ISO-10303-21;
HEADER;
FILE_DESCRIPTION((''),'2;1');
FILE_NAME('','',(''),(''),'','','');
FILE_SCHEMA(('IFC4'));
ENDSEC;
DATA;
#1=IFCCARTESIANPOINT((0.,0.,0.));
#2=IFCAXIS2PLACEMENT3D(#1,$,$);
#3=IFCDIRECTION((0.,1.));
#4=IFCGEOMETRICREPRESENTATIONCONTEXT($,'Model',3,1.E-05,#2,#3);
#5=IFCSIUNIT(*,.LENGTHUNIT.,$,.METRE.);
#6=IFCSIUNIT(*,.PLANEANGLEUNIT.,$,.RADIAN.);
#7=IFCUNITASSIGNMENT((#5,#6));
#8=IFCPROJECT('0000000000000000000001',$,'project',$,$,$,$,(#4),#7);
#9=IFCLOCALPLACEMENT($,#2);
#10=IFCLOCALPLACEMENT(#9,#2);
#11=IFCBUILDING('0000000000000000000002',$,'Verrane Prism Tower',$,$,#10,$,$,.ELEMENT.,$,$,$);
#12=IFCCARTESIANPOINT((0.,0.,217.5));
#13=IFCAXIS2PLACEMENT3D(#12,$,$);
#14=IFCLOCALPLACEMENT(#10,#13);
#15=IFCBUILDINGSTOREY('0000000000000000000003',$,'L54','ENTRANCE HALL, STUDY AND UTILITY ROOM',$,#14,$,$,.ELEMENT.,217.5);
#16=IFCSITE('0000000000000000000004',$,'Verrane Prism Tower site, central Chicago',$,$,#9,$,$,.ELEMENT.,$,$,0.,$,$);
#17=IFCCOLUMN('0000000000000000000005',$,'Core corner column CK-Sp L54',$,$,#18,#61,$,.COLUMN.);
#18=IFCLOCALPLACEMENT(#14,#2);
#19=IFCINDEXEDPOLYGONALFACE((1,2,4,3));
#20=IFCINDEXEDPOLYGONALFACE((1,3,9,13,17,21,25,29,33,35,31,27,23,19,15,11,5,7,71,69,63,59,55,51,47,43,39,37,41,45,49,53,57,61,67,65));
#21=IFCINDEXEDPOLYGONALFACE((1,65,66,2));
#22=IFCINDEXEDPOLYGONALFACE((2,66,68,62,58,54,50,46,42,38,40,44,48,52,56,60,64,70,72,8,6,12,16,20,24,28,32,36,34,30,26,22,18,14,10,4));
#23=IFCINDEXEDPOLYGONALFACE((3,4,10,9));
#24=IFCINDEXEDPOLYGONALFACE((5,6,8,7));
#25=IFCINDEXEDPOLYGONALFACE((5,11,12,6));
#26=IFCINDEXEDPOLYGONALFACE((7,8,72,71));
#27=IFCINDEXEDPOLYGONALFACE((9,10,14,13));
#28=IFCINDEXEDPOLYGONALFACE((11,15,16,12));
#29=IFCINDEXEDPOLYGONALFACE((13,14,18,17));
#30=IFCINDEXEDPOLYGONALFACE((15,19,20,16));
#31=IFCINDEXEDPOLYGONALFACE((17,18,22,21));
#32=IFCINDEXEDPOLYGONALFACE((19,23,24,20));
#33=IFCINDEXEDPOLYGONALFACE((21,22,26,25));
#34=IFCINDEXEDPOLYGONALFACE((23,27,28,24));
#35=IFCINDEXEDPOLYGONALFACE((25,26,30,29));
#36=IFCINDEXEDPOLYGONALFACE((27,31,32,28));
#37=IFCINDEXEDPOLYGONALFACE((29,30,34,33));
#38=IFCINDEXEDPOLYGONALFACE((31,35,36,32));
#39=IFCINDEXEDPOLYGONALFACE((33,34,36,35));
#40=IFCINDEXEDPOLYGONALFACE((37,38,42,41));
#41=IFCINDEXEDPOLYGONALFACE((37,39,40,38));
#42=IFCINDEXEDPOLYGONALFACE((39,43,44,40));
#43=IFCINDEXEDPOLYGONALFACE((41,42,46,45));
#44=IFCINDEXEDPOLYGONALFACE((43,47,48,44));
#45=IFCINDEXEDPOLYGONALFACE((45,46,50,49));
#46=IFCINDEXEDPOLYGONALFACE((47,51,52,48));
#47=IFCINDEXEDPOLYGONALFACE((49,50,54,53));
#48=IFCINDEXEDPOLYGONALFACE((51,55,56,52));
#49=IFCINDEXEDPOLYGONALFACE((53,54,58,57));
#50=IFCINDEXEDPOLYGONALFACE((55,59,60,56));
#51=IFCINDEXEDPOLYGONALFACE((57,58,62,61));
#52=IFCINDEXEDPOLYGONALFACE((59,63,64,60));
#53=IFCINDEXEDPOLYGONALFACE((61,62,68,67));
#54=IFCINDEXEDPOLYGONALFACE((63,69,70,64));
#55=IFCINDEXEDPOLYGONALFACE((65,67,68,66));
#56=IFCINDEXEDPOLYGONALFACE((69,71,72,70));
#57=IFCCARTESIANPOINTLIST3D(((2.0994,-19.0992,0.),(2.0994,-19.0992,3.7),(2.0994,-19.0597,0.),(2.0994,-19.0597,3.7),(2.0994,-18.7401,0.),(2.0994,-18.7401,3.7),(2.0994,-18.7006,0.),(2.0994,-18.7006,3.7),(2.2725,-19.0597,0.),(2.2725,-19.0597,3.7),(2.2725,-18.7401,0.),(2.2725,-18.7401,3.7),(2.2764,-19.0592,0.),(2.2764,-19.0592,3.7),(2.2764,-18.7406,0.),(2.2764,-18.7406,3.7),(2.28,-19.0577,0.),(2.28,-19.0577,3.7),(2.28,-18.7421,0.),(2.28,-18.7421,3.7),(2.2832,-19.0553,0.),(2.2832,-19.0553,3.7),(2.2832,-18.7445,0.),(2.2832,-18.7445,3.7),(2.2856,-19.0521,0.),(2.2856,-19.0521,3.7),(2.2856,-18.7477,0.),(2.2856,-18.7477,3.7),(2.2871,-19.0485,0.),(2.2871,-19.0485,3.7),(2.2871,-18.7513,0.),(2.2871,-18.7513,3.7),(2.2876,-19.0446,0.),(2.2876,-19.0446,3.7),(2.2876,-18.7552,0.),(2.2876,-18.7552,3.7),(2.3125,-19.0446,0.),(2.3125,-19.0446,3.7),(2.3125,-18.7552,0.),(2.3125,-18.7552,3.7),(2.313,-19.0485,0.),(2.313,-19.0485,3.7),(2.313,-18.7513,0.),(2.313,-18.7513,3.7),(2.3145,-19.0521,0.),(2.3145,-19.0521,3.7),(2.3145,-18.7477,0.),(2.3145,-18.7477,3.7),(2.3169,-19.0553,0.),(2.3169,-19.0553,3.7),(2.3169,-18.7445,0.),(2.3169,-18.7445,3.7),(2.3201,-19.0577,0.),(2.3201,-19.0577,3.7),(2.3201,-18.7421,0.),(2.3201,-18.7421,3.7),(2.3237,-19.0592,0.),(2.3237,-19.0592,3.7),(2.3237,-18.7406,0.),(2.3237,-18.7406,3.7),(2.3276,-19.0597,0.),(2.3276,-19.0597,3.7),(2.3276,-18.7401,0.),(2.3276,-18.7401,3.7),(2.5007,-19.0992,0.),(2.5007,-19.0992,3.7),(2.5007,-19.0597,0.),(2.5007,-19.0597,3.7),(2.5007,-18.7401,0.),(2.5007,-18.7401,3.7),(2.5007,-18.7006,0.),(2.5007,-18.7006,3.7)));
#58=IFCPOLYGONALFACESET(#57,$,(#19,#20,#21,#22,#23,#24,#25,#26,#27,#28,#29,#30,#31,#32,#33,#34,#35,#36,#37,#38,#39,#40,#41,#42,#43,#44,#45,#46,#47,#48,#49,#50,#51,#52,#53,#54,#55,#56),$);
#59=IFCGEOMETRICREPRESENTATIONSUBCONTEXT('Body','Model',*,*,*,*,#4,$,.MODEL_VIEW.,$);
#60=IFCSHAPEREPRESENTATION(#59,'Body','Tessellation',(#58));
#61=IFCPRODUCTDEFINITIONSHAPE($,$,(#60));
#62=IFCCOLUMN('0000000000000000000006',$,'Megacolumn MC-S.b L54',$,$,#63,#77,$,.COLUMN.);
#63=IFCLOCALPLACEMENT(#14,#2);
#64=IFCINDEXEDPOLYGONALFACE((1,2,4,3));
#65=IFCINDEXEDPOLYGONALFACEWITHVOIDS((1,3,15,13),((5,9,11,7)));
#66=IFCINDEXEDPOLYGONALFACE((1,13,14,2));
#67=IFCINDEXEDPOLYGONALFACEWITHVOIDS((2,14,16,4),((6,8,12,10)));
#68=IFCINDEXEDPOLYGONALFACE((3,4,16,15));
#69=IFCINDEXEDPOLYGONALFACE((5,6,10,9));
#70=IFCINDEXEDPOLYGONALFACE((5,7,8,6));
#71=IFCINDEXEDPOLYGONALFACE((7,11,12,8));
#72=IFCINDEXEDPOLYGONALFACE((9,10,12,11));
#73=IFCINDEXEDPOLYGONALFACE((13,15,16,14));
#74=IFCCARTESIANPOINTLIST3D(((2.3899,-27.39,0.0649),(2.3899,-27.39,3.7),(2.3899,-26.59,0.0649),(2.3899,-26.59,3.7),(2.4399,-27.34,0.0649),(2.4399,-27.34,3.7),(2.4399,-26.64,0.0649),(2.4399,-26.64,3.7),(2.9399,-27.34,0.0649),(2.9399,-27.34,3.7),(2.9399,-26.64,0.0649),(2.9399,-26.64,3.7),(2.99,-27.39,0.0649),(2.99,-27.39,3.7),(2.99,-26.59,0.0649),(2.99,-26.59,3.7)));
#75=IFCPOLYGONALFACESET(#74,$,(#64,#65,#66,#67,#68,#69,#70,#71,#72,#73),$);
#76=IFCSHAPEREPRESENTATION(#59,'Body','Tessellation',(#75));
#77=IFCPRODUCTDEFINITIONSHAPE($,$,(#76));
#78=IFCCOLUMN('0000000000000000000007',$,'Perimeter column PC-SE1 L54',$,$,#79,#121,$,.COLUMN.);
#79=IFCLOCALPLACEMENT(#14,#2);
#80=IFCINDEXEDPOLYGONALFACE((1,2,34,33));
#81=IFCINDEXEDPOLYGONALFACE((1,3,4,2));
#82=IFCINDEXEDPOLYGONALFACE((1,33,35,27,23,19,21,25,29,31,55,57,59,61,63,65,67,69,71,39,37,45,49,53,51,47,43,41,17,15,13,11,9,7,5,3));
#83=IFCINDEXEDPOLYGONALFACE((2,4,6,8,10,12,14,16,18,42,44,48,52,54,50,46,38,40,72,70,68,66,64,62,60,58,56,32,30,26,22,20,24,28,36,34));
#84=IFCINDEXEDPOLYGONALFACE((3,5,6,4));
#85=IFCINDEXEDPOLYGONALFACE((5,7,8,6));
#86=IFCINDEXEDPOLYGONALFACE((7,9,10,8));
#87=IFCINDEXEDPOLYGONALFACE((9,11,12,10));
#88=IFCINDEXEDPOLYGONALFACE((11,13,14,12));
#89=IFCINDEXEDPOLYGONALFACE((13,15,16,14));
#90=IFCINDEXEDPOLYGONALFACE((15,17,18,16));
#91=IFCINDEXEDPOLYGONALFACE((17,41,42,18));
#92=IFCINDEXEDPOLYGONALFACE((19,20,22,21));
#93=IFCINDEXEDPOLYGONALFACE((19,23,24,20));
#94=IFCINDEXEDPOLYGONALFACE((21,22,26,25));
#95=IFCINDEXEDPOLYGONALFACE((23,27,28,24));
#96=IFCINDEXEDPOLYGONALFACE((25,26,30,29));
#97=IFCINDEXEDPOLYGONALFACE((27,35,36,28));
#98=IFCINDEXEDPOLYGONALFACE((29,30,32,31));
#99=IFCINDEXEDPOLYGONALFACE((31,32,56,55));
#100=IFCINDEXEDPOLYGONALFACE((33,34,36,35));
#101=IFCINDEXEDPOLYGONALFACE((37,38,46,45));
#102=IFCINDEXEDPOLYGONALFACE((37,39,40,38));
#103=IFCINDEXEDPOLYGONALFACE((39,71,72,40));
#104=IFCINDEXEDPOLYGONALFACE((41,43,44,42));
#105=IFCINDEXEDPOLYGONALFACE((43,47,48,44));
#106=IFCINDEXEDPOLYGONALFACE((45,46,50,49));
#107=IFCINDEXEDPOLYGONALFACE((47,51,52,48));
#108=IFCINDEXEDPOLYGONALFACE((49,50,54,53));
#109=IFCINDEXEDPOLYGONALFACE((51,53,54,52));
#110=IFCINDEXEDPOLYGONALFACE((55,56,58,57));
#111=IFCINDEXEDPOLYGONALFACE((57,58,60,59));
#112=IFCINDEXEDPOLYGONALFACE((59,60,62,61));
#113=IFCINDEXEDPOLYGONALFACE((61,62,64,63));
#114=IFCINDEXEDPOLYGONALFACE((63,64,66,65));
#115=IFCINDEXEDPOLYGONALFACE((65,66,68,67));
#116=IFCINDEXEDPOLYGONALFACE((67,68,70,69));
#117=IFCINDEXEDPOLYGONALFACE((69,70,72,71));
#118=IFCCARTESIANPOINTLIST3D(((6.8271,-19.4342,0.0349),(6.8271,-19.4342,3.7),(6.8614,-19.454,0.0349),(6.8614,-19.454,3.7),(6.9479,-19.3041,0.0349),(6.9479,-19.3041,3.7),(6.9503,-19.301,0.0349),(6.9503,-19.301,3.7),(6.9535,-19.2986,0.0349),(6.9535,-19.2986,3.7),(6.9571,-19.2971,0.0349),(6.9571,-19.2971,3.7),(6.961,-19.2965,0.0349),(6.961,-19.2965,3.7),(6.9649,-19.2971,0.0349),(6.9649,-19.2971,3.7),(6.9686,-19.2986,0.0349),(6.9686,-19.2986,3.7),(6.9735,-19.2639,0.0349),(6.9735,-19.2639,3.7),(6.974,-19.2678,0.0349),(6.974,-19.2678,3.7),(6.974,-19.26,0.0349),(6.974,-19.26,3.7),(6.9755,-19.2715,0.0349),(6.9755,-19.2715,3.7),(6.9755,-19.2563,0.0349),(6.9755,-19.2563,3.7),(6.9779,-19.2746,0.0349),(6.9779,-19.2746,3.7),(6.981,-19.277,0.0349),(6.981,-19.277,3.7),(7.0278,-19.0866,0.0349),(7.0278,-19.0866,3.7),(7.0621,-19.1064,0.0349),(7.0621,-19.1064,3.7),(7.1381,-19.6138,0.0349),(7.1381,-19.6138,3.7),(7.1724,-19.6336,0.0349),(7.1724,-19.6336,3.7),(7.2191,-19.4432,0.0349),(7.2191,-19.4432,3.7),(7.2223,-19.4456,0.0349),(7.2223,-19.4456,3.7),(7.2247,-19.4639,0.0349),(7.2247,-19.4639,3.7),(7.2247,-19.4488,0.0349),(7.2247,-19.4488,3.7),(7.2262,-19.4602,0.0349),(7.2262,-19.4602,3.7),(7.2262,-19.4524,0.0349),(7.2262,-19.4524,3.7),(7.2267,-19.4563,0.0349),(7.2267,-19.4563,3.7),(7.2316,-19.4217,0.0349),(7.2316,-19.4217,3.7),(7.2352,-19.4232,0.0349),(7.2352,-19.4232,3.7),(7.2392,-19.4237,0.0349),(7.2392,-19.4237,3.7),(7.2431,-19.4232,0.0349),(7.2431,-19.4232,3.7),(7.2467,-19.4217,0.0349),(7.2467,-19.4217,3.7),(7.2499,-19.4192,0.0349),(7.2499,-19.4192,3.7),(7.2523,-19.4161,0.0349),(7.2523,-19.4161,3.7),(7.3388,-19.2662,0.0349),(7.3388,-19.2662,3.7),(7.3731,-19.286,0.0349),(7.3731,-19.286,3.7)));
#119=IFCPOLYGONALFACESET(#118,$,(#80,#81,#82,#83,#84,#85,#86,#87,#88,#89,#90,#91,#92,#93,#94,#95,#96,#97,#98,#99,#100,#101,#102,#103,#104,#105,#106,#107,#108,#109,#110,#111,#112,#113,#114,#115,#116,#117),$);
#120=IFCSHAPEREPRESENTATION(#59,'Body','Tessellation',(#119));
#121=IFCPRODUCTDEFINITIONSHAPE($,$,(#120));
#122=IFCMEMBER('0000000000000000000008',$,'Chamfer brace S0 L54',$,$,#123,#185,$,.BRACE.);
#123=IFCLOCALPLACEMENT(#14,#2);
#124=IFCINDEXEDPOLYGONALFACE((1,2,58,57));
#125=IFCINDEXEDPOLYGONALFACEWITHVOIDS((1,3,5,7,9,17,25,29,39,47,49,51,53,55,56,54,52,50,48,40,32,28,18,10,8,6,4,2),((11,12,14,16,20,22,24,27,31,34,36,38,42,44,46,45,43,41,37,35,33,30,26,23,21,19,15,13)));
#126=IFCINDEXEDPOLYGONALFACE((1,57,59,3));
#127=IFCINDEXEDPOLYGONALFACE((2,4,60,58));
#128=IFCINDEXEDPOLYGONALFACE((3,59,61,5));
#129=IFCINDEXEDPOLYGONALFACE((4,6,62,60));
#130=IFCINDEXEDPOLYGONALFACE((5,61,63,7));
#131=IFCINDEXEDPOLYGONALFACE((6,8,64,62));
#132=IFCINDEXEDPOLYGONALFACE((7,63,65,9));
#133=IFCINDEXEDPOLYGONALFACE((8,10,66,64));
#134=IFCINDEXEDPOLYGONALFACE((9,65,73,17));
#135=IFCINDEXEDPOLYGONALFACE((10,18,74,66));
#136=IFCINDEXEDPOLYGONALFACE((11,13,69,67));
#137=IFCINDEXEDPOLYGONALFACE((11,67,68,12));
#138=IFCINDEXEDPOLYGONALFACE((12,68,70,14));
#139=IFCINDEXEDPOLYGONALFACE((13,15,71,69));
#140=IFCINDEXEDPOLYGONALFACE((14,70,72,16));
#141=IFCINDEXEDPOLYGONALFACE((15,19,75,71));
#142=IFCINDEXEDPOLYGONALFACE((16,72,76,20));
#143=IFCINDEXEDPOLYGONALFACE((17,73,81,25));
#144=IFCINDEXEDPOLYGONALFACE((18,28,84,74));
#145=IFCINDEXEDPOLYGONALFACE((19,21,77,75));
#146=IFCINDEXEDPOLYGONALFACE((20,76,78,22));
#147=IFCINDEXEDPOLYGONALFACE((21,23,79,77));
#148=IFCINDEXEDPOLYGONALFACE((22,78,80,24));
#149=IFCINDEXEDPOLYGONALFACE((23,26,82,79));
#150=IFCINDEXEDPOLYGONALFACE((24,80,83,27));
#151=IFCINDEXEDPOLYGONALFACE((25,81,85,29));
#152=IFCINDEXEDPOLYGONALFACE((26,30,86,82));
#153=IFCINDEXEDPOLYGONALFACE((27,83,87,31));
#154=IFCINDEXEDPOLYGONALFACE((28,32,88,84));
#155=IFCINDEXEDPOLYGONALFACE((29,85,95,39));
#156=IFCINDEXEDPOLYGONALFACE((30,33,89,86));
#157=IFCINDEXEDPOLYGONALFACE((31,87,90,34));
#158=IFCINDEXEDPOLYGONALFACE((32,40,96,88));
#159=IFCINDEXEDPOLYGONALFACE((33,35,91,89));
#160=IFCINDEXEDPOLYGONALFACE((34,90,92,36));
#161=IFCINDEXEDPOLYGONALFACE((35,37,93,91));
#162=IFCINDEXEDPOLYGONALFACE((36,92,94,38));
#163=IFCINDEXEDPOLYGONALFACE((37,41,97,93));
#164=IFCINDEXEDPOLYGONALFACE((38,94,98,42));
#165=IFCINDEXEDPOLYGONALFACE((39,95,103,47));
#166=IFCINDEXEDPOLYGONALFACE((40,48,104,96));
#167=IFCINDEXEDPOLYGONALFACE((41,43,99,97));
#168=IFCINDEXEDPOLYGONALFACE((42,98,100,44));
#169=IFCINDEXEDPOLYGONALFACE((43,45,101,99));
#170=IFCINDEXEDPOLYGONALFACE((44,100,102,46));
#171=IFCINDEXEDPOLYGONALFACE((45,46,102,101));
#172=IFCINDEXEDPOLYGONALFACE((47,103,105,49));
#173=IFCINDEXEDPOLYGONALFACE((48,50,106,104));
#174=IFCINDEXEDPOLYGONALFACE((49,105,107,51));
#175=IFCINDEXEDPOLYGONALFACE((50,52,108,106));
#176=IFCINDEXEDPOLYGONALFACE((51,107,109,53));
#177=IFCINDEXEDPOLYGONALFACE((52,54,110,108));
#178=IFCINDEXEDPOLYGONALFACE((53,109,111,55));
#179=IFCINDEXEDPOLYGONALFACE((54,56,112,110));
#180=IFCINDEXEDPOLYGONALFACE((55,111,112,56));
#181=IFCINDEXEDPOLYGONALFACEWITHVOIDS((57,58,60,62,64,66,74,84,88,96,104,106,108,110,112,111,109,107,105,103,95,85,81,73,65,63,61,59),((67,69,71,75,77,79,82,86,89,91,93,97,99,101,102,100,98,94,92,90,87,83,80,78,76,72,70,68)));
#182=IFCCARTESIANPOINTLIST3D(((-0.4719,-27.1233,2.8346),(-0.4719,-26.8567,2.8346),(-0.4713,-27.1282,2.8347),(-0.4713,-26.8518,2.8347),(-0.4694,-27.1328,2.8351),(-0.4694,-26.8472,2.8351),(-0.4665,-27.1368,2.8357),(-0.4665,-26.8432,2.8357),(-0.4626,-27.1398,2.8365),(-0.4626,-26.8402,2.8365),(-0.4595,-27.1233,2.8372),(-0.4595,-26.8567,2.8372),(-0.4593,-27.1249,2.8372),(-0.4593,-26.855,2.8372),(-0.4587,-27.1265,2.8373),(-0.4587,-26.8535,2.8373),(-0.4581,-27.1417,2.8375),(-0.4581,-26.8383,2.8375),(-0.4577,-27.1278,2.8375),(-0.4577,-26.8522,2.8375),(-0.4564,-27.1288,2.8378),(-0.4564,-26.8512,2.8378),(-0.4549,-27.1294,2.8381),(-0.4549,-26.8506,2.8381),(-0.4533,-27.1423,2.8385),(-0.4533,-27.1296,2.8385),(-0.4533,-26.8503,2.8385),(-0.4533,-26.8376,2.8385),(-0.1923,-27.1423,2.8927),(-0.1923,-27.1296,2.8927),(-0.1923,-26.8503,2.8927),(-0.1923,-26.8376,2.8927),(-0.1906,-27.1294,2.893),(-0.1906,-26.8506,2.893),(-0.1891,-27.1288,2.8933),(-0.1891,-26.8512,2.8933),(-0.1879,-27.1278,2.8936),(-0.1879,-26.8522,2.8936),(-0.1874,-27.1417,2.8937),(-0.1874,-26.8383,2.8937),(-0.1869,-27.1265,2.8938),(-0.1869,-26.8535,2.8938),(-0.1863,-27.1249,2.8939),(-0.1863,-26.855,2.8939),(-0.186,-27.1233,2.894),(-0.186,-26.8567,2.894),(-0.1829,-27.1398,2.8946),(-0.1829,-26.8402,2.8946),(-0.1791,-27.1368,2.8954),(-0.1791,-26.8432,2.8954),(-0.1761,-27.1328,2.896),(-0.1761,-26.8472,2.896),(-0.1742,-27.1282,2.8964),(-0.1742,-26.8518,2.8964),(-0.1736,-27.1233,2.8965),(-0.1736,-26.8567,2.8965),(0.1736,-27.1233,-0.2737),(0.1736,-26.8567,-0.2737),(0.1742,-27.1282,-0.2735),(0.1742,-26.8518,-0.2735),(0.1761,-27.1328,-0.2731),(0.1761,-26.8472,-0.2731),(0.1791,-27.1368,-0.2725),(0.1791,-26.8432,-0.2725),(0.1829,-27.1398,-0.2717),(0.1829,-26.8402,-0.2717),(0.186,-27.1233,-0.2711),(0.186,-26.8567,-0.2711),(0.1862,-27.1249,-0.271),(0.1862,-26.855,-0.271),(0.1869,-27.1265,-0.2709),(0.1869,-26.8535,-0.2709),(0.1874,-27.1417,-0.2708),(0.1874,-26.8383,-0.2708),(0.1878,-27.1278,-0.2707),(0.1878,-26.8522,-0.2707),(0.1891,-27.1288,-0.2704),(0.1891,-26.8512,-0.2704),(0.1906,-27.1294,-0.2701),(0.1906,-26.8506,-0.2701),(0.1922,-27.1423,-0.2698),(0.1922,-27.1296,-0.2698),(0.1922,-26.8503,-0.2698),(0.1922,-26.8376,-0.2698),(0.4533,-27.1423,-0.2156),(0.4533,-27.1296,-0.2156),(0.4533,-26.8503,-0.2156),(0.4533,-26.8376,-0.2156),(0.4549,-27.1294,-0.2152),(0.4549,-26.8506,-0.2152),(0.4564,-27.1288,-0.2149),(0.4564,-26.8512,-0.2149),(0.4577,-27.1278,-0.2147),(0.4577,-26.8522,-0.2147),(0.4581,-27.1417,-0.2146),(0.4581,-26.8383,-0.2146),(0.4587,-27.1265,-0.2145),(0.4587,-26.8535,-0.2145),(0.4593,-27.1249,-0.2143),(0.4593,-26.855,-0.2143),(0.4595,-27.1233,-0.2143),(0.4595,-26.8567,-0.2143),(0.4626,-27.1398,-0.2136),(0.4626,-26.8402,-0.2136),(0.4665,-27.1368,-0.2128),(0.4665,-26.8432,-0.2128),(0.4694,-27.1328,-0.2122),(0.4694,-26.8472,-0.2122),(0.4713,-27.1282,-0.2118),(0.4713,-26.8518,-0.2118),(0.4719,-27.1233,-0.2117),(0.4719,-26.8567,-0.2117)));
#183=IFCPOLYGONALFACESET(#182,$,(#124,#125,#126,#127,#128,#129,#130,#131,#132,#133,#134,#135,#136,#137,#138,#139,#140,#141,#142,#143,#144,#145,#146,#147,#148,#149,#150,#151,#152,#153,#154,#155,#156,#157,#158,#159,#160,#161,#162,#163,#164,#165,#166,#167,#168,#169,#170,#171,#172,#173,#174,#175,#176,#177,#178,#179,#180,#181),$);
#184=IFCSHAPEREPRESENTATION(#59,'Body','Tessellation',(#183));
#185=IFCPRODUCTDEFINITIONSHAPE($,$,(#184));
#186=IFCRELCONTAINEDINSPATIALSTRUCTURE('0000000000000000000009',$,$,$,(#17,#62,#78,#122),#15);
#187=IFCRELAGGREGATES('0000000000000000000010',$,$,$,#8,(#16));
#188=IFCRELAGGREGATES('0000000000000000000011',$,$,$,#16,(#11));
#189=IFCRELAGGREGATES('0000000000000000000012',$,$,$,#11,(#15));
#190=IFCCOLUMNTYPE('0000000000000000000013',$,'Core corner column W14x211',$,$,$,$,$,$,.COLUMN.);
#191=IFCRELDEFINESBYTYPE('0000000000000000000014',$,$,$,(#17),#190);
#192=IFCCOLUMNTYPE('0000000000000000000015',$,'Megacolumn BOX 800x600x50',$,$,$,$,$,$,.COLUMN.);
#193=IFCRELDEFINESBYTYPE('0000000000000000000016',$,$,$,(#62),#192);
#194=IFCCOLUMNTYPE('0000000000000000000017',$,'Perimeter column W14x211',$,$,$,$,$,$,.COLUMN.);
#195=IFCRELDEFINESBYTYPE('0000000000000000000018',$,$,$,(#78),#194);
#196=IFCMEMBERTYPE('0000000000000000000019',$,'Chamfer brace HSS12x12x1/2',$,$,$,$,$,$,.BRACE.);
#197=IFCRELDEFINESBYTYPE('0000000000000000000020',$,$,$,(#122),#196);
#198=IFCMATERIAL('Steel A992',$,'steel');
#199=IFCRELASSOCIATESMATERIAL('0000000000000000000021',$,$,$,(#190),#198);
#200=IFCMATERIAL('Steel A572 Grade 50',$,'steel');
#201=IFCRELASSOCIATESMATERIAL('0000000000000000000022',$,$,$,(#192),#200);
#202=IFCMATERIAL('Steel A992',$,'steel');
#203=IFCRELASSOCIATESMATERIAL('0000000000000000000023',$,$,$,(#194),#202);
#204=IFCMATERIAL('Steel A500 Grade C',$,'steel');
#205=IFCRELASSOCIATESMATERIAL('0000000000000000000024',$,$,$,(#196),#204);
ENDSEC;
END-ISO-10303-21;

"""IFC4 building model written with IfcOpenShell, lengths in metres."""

from ifc_helpers import new_model, si_unit, direction, frame, origin, origin_2d, place, context, subcontext, project, spatial, hollow_rectangle, i_section, extrude, material, material_profile, profile_set, type_object, element, save


model = new_model("IFC4")

# Units and contexts
model_context = context("Model", 3, precision=1e-05, world=origin(), true_north=direction((0.0, 1.0)))
body_context = subcontext(model_context, "Body", "Model", "MODEL_VIEW")
ifc_project = project(units=[si_unit("LENGTHUNIT", "METRE"), si_unit("PLANEANGLEUNIT", "RADIAN")], contexts=[model_context])

# Site, building, storey
site_placement = place(None, origin())
site = spatial("IfcSite", under=ifc_project, at=site_placement, Name="Verrane Prism Tower site, central Chicago", CompositionType="ELEMENT", RefElevation=0.0)
building_placement = place(site_placement, origin())
building = spatial("IfcBuilding", under=site, at=building_placement, Name="Verrane Prism Tower", CompositionType="ELEMENT")
storey_placement = place(building_placement, frame((0.0, 0.0, 217.5)))
storey = spatial("IfcBuildingStorey", under=building, at=storey_placement, Name="L54", Description="ENTRANCE HALL, STUDY AND UTILITY ROOM", CompositionType="ELEMENT", Elevation=217.5)

# Columns
ifc_material_1 = material(Name="Steel A992", Category="steel")
ifc_material_profile_1 = material_profile(ifc_material_1, i_section(OverallWidth=0.4014, OverallDepth=0.3987, WebThickness=0.0249, FlangeThickness=0.0396, FilletRadius=0.0151, at=origin_2d()), Name="W14x211")
ifc_profile_set_1 = profile_set([ifc_material_profile_1], Name="Steel A992")
column_type_1 = type_object("IfcColumnType", Name="Core corner column W14x211", PredefinedType="COLUMN", material=ifc_profile_set_1)
column_1_placement = place(storey_placement, frame((2.3, -18.8999, 0.0), z_axis=(0.0, 0.0, 1.0), x_axis=(-1.0, 0.0, 0.0)))
element("IfcColumn", 1, at=column_1_placement, inside=storey, type_object=column_type_1, Name="Core corner column CK-Sp L54", PredefinedType="COLUMN", context=body_context, shape_type="SweptSolid", body=[
    extrude(i_section(OverallWidth=0.4014, OverallDepth=0.3987, WebThickness=0.0249, FlangeThickness=0.0396, FilletRadius=0.0151, at=origin_2d()), origin(), (0.0, 0.0, 1.0), 3.7),
])
ifc_material_2 = material(Name="Steel A572 Grade 50", Category="steel")
ifc_material_profile_2 = material_profile(ifc_material_2, hollow_rectangle(XDim=0.6001, YDim=0.8, WallThickness=0.05, at=origin_2d()), Name="BOX 800x600x50")
ifc_profile_set_2 = profile_set([ifc_material_profile_2], Name="Steel A572 Grade 50")
column_type_2 = type_object("IfcColumnType", Name="Megacolumn BOX 800x600x50", PredefinedType="COLUMN", material=ifc_profile_set_2)
column_2_placement = place(storey_placement, frame((2.6899, -26.99, 0.0649), z_axis=(0.0, 0.0, 1.0), x_axis=(-1.0, 0.0, 0.0)))
element("IfcColumn", 2, at=column_2_placement, inside=storey, type_object=column_type_2, Name="Megacolumn MC-S.b L54", PredefinedType="COLUMN", context=body_context, shape_type="SweptSolid", body=[
    extrude(hollow_rectangle(XDim=0.6001, YDim=0.8, WallThickness=0.05, at=origin_2d()), origin(), (0.0, 0.0, 1.0), 3.635),
])
ifc_material_3 = material(Name="Steel A992", Category="steel")
ifc_material_profile_3 = material_profile(ifc_material_3, i_section(OverallWidth=0.4014, OverallDepth=0.3987, WebThickness=0.0249, FlangeThickness=0.0396, FilletRadius=0.0151, at=origin_2d()), Name="W14x211")
ifc_profile_set_3 = profile_set([ifc_material_profile_3], Name="Steel A992")
column_type_3 = type_object("IfcColumnType", Name="Perimeter column W14x211", PredefinedType="COLUMN", material=ifc_profile_set_3)
column_3_placement = place(storey_placement, frame((7.1001, -19.3601, 0.0349), z_axis=(0.0, 0.0, 1.0), x_axis=(-0.5, -0.866025, 0.0)))
element("IfcColumn", 3, at=column_3_placement, inside=storey, type_object=column_type_3, Name="Perimeter column PC-SE1 L54", PredefinedType="COLUMN", context=body_context, shape_type="SweptSolid", body=[
    extrude(i_section(OverallWidth=0.4014, OverallDepth=0.3987, WebThickness=0.0249, FlangeThickness=0.0396, FilletRadius=0.0151, at=origin_2d()), origin(), (0.0, 0.0, 1.0), 3.665),
])

# Member
ifc_material_4 = material(Name="Steel A500 Grade C", Category="steel")
ifc_material_profile_4 = material_profile(ifc_material_4, hollow_rectangle(XDim=0.3047, YDim=0.3047, WallThickness=0.0127, InnerFilletRadius=0.0063, OuterFilletRadius=0.019, at=origin_2d()), Name="HSS12x12x1/2")
ifc_profile_set_4 = profile_set([ifc_material_profile_4], Name="Steel A500 Grade C")
member_type_1 = type_object("IfcMemberType", Name="Chamfer brace HSS12x12x1/2", PredefinedType="BRACE", material=ifc_profile_set_4)
member_1_placement = place(storey_placement, frame((0.3228, -26.99, -0.2427), z_axis=(-0.203343, 0.0, 0.979108), x_axis=(0.0, -1.0, 0.0)))
element("IfcMember", 4, at=member_1_placement, inside=storey, type_object=member_type_1, Name="Chamfer brace S0 L54", PredefinedType="BRACE", context=body_context, shape_type="SweptSolid", body=[
    extrude(hollow_rectangle(XDim=0.3047, YDim=0.3047, WallThickness=0.0127, InnerFilletRadius=0.0063, OuterFilletRadius=0.019, at=origin_2d()), origin(), (0.0, 0.0, 1.0), 3.1746),
])

save(model, "model.ifc")
